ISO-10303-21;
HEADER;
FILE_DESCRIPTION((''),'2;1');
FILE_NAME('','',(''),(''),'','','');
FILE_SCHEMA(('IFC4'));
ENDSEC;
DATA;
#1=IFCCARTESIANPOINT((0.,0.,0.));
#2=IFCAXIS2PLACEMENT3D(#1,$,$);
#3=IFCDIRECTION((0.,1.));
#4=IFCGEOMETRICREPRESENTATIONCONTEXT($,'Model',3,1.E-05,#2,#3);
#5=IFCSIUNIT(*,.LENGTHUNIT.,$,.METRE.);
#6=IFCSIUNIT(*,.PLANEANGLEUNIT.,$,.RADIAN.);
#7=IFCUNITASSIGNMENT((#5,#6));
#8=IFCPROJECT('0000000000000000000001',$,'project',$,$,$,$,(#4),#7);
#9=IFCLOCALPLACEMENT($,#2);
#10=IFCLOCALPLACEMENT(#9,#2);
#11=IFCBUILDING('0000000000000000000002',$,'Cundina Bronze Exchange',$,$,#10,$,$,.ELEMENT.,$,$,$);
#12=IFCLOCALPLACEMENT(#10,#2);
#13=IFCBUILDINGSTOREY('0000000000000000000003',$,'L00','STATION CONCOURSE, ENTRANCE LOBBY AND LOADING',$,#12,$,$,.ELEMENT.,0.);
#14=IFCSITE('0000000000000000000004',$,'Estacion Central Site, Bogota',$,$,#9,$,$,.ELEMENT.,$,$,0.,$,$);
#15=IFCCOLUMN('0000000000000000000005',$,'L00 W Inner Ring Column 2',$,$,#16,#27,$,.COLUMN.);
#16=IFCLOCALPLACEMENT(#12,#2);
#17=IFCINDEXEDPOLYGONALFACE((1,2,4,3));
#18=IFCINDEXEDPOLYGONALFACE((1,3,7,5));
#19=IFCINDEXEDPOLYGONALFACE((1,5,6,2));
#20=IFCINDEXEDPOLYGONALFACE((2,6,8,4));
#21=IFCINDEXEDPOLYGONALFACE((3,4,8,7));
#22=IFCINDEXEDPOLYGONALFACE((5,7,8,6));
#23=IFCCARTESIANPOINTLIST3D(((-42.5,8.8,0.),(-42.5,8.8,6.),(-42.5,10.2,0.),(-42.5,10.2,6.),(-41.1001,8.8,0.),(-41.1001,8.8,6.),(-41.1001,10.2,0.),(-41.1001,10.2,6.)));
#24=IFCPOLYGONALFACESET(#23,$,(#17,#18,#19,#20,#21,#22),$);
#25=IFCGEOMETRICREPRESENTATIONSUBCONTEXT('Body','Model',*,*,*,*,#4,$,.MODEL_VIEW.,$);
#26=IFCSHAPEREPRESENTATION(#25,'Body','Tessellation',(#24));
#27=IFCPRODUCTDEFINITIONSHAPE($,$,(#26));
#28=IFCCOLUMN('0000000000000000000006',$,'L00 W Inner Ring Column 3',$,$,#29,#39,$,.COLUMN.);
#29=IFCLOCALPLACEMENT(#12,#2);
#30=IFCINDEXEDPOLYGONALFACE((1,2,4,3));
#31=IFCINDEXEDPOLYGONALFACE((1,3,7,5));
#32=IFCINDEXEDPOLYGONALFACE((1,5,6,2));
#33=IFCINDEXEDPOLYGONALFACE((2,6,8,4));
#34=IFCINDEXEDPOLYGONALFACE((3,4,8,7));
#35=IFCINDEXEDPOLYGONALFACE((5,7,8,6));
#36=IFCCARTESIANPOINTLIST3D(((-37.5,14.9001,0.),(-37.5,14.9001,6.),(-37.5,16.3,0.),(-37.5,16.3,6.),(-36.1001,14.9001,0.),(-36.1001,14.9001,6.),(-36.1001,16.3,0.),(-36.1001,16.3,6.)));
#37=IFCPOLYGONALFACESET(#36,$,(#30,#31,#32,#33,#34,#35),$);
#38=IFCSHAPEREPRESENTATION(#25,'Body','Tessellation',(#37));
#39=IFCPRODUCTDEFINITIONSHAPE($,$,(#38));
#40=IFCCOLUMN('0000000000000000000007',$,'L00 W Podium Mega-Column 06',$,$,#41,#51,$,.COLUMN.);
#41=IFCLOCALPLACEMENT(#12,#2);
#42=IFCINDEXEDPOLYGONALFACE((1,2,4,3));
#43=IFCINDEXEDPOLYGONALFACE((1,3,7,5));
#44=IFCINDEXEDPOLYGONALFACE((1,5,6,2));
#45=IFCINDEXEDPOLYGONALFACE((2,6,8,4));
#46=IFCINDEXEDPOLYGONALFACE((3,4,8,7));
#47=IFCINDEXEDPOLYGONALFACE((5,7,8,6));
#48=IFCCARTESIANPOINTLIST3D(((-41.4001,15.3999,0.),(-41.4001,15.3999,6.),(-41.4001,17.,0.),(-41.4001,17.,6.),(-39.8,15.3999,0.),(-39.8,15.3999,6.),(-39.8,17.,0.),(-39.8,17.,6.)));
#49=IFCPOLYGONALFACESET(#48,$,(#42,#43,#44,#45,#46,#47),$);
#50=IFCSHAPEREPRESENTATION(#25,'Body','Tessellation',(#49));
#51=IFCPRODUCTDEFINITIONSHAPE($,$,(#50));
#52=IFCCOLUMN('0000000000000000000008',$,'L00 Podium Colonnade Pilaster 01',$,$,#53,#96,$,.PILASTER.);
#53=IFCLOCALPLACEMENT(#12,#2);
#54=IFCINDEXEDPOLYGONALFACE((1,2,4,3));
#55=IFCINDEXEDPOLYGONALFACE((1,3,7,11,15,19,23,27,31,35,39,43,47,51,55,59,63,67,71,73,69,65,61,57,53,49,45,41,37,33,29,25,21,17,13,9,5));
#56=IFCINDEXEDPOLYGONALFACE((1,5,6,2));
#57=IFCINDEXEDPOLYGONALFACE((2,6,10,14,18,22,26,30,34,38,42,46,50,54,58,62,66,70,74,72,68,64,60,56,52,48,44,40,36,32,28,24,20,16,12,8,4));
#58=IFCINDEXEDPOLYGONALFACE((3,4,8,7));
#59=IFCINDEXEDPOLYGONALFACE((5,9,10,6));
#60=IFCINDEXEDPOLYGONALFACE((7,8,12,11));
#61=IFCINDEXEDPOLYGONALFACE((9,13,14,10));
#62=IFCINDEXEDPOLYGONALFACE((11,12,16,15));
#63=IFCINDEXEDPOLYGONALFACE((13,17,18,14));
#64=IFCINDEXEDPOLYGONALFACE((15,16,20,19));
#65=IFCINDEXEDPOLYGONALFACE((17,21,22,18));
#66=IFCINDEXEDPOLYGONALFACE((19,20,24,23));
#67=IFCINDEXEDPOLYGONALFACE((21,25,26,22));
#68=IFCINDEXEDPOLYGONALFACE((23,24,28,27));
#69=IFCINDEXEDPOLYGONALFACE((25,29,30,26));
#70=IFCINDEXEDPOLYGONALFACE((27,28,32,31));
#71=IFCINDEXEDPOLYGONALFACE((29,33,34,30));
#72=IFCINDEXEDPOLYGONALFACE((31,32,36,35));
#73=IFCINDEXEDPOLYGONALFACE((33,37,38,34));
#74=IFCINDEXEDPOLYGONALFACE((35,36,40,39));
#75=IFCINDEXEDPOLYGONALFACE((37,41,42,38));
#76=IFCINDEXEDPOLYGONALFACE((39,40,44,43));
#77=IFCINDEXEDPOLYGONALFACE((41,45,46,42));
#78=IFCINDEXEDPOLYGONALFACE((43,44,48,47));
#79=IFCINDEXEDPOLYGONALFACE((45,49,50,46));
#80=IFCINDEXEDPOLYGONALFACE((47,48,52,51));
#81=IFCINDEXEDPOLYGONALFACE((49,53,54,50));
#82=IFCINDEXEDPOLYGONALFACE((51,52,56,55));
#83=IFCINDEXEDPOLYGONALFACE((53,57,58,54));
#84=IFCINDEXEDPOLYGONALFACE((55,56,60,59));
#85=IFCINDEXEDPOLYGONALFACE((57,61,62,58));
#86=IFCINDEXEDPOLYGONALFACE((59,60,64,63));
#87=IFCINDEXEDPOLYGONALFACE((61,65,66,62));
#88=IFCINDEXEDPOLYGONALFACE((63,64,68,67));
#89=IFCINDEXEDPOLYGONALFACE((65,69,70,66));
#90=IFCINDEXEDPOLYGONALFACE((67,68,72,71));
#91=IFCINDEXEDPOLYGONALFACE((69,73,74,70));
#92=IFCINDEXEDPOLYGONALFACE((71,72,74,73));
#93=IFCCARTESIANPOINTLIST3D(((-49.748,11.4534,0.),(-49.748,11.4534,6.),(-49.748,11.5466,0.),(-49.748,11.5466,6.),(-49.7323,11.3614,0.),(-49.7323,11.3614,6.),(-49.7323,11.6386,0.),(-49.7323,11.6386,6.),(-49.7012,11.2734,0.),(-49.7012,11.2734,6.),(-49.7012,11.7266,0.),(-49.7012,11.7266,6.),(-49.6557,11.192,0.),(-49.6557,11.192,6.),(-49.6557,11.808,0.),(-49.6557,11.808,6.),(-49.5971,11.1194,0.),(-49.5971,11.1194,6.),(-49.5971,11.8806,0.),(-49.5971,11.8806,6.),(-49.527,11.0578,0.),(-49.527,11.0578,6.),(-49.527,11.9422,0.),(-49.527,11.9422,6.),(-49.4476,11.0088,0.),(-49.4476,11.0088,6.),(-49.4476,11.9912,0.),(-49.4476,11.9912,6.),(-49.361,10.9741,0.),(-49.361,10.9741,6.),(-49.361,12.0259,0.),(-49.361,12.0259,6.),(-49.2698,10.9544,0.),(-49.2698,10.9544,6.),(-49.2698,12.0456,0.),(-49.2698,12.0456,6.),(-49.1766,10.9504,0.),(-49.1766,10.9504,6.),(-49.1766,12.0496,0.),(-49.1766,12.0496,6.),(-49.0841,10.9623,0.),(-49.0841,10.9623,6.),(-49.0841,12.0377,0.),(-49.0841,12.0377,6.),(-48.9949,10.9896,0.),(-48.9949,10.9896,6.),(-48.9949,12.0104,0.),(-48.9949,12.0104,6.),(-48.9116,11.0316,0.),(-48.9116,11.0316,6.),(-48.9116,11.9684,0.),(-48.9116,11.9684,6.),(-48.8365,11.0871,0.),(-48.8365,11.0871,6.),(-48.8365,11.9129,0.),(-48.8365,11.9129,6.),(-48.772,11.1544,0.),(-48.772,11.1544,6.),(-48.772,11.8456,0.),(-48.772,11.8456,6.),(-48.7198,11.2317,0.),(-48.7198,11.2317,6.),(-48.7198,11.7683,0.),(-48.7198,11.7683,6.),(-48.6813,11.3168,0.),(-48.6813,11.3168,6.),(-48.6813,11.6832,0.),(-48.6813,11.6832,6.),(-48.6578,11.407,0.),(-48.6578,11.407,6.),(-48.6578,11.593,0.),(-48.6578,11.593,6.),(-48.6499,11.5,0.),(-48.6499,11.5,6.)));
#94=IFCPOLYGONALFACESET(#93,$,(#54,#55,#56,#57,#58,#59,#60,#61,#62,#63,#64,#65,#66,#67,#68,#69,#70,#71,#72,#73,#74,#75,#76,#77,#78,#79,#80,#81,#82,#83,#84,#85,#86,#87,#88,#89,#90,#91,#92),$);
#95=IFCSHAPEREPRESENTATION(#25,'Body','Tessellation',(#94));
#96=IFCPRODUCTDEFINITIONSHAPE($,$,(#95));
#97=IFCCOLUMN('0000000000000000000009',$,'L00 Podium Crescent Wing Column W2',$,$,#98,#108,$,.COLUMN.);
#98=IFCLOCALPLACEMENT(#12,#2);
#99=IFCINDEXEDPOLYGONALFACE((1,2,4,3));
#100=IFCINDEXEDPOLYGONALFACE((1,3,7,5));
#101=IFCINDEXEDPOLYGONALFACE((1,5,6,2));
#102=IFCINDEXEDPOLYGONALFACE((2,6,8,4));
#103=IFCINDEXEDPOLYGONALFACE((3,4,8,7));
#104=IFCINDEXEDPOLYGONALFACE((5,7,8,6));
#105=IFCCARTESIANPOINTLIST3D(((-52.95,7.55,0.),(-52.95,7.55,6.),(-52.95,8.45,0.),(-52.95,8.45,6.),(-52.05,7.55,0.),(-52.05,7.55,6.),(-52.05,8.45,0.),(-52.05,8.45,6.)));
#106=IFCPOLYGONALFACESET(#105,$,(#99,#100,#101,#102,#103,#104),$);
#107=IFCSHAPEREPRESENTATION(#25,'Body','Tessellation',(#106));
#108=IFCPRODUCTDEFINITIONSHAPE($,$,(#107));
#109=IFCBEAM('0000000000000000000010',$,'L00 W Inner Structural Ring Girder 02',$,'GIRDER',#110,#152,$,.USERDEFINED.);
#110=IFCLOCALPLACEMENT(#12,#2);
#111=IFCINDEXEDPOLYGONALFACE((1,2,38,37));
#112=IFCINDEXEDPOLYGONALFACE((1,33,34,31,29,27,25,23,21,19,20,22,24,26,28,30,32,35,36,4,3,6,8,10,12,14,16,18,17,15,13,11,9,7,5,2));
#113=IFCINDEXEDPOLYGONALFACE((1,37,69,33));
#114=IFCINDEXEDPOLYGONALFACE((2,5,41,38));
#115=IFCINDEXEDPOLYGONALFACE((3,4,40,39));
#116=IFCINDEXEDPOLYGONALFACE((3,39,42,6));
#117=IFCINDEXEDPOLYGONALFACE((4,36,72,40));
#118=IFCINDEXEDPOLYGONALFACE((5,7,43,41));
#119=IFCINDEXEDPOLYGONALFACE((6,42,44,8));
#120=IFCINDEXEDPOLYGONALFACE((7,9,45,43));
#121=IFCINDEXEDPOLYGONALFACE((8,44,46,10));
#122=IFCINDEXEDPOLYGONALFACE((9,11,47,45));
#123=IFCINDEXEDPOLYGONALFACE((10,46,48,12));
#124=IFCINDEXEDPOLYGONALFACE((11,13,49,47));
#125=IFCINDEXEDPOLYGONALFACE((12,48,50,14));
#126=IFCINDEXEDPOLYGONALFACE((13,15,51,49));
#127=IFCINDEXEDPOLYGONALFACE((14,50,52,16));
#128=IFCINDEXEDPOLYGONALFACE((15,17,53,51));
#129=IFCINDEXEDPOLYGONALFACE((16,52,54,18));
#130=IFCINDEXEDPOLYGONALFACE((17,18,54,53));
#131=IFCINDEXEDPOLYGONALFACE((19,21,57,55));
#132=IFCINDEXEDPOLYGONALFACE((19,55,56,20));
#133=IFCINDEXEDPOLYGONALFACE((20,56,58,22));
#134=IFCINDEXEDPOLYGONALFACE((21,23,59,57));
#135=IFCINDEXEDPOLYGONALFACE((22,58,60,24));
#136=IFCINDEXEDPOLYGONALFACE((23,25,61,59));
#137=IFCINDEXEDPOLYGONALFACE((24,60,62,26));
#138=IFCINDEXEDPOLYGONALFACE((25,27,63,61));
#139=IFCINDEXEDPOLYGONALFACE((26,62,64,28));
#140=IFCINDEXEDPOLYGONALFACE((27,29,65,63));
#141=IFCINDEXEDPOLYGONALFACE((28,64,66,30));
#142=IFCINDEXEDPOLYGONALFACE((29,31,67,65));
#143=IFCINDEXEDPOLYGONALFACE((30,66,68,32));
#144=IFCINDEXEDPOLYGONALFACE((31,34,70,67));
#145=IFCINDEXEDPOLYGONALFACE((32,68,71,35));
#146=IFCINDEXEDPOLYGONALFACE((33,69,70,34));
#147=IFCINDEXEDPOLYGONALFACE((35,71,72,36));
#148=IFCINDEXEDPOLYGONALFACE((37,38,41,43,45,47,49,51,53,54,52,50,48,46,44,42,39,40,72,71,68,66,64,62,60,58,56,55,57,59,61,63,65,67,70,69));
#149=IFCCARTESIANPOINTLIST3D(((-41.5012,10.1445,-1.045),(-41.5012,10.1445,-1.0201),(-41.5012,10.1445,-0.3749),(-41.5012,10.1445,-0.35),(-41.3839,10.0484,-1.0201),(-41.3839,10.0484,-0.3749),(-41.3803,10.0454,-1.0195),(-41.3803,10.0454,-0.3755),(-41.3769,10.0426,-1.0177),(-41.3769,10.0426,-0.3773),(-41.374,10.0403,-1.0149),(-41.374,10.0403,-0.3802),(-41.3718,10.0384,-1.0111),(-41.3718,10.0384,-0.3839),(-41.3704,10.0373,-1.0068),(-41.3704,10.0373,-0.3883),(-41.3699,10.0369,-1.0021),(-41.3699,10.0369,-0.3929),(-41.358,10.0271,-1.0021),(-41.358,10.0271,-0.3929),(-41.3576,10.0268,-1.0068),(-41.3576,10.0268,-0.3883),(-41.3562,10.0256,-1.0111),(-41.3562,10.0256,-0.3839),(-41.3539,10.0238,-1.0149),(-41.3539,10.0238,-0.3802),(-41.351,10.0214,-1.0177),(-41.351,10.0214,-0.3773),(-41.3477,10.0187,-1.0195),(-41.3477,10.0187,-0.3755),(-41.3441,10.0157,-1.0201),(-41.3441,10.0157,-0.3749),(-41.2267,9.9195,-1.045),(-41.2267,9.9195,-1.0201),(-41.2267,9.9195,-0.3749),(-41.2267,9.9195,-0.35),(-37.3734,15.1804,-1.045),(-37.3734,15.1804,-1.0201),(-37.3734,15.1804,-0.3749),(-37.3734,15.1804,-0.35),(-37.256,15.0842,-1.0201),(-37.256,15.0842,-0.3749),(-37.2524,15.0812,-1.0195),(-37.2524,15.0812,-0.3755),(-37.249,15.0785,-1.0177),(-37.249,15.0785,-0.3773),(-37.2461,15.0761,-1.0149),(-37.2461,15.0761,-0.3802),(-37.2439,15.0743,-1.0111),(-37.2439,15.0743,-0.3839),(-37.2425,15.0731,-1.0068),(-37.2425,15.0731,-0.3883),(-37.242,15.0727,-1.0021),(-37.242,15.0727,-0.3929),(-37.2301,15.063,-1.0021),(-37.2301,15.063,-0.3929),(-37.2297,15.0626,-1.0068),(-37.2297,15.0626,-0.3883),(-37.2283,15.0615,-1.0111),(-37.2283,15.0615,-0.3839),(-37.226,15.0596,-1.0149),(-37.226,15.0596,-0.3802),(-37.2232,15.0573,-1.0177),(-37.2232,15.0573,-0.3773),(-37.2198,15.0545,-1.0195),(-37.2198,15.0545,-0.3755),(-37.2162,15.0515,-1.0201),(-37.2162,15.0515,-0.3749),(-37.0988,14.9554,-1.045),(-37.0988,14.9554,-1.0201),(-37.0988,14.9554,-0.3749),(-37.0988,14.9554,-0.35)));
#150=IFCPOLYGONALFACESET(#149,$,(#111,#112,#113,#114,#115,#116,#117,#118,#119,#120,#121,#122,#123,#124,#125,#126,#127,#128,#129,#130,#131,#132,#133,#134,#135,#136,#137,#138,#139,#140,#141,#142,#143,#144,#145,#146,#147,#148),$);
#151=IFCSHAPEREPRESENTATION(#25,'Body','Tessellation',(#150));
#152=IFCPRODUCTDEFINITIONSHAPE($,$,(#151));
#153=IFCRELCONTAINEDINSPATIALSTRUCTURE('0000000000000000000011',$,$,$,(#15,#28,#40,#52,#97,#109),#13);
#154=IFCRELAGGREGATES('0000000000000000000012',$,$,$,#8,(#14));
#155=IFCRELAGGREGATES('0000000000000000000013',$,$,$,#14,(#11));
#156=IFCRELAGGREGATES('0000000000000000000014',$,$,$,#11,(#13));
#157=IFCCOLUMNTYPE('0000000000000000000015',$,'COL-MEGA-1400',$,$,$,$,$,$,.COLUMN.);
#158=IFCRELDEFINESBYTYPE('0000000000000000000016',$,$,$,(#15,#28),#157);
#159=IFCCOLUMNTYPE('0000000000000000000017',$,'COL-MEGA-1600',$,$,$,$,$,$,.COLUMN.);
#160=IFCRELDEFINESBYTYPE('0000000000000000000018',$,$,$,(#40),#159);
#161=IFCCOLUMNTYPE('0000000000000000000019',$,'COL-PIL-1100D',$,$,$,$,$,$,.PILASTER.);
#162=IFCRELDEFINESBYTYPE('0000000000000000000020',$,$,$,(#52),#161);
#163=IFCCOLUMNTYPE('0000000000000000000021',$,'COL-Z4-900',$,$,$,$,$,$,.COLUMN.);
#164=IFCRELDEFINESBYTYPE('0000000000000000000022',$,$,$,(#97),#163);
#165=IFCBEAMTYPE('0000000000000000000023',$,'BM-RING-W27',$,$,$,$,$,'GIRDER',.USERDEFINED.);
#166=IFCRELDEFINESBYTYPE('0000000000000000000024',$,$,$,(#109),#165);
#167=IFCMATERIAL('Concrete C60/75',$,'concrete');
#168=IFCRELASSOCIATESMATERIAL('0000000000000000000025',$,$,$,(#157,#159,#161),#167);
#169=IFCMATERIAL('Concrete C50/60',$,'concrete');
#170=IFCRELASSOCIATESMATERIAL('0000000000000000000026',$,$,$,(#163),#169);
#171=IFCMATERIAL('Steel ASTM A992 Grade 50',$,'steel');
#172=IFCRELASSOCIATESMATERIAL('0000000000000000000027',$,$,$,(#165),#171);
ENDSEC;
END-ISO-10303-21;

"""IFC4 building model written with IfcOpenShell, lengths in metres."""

from ifc_helpers import new_model, si_unit, direction, frame, origin, origin_2d, place, context, subcontext, project, spatial, rectangle, circle, i_section, extrude, material, material_profile, profile_set, type_object, element, save


model = new_model("IFC4")

# Units and contexts
model_context = context("Model", 3, precision=1e-05, world=origin(), true_north=direction((0.0, 1.0)))
body_context = subcontext(model_context, "Body", "Model", "MODEL_VIEW")
ifc_project = project(units=[si_unit("LENGTHUNIT", "METRE"), si_unit("PLANEANGLEUNIT", "RADIAN")], contexts=[model_context])

# Site, building, storey
site_placement = place(None, origin())
site = spatial("IfcSite", under=ifc_project, at=site_placement, Name="Estacion Central Site, Bogota", CompositionType="ELEMENT", RefElevation=0.0)
building_placement = place(site_placement, origin())
building = spatial("IfcBuilding", under=site, at=building_placement, Name="Cundina Bronze Exchange", CompositionType="ELEMENT")
storey_placement = place(building_placement, origin())
storey = spatial("IfcBuildingStorey", under=building, at=storey_placement, Name="L00", Description="STATION CONCOURSE, ENTRANCE LOBBY AND LOADING", CompositionType="ELEMENT", Elevation=0.0)

# Columns
ifc_material_1 = material(Name="Concrete C60/75", Category="concrete")
ifc_material_profile_1 = material_profile(ifc_material_1, rectangle(XDim=1.3999, YDim=1.3999, at=origin_2d()), Name="RC1400X1400", Category="concrete")
ifc_profile_set_1 = profile_set([ifc_material_profile_1], Name="Concrete C60/75")
column_type_1 = type_object("IfcColumnType", Name="COL-MEGA-1400", PredefinedType="COLUMN", material=ifc_profile_set_1)
for number, where, z_axis, x_axis, name in (
    (1, (-41.8, 9.5, 0.0), (0.0, 0.0, 1.0), (1.0, 0.0, 0.0), "L00 W Inner Ring Column 2"),
    (2, (-36.8, 15.6001, 0.0), (0.0, 0.0, 1.0), (1.0, 0.0, 0.0), "L00 W Inner Ring Column 3"),
):
    element("IfcColumn", number, at=place(storey_placement, frame(where, z_axis=z_axis, x_axis=x_axis)), inside=storey, type_object=column_type_1, Name=name, PredefinedType="COLUMN", context=body_context, shape_type="SweptSolid", body=[
        extrude(rectangle(XDim=1.3999, YDim=1.3999, at=origin_2d()), origin(), (0.0, 0.0, 1.0), 6.0),
    ])
ifc_material_profile_2 = material_profile(ifc_material_1, rectangle(XDim=1.6001, YDim=1.6001, at=origin_2d()), Name="RC1600X1600", Category="concrete")
ifc_profile_set_2 = profile_set([ifc_material_profile_2], Name="Concrete C60/75")
column_type_2 = type_object("IfcColumnType", Name="COL-MEGA-1600", PredefinedType="COLUMN", material=ifc_profile_set_2)
column_1_placement = place(storey_placement, frame((-40.6001, 16.2, 0.0), z_axis=(0.0, 0.0, 1.0), x_axis=(1.0, 0.0, 0.0)))
element("IfcColumn", 3, at=column_1_placement, inside=storey, type_object=column_type_2, Name="L00 W Podium Mega-Column 06", PredefinedType="COLUMN", context=body_context, shape_type="SweptSolid", body=[
    extrude(rectangle(XDim=1.6001, YDim=1.6001, at=origin_2d()), origin(), (0.0, 0.0, 1.0), 6.0),
])
ifc_material_profile_3 = material_profile(ifc_material_1, circle(Radius=0.55, at=origin_2d()), Name="RC1100D", Category="concrete")
ifc_profile_set_3 = profile_set([ifc_material_profile_3], Name="Concrete C60/75")
column_type_3 = type_object("IfcColumnType", Name="COL-PIL-1100D", PredefinedType="PILASTER", material=ifc_profile_set_3)
column_2_placement = place(storey_placement, frame((-49.2, 11.5, 0.0), z_axis=(0.0, 0.0, 1.0), x_axis=(1.0, 0.0, 0.0)))
element("IfcColumn", 4, at=column_2_placement, inside=storey, type_object=column_type_3, Name="L00 Podium Colonnade Pilaster 01", PredefinedType="PILASTER", context=body_context, shape_type="SweptSolid", body=[
    extrude(circle(Radius=0.55, at=origin_2d()), origin(), (0.0, 0.0, 1.0), 6.0),
])
ifc_material_2 = material(Name="Concrete C50/60", Category="concrete")
ifc_material_profile_4 = material_profile(ifc_material_2, rectangle(XDim=0.8999, YDim=0.8999, at=origin_2d()), Name="RC900X900", Category="concrete")
ifc_profile_set_4 = profile_set([ifc_material_profile_4], Name="Concrete C50/60")
column_type_4 = type_object("IfcColumnType", Name="COL-Z4-900", PredefinedType="COLUMN", material=ifc_profile_set_4)
column_3_placement = place(storey_placement, frame((-52.5, 8.0, 0.0), z_axis=(0.0, 0.0, 1.0), x_axis=(1.0, 0.0, 0.0)))
element("IfcColumn", 5, at=column_3_placement, inside=storey, type_object=column_type_4, Name="L00 Podium Crescent Wing Column W2", PredefinedType="COLUMN", context=body_context, shape_type="SweptSolid", body=[
    extrude(rectangle(XDim=0.8999, YDim=0.8999, at=origin_2d()), origin(), (0.0, 0.0, 1.0), 6.0),
])

# Beam
ifc_material_3 = material(Name="Steel ASTM A992 Grade 50", Category="steel")
ifc_material_profile_5 = material_profile(ifc_material_3, i_section(OverallWidth=0.355, OverallDepth=0.6951, WebThickness=0.0154, FlangeThickness=0.0249, FilletRadius=0.0181, at=origin_2d()), Name="W27X146", Category="steel")
ifc_profile_set_5 = profile_set([ifc_material_profile_5], Name="Steel ASTM A992 Grade 50")
beam_type_1 = type_object("IfcBeamType", Name="BM-RING-W27", ElementType="GIRDER", PredefinedType="USERDEFINED", material=ifc_profile_set_5)
beam_1_placement = place(storey_placement, frame((-37.2361, 15.0679, -0.6975), z_axis=(-0.633942, -0.773381, 0.0), x_axis=(0.773381, -0.633942, 0.0)))
element("IfcBeam", 6, at=beam_1_placement, inside=storey, type_object=beam_type_1, Name="L00 W Inner Structural Ring Girder 02", ObjectType="GIRDER", PredefinedType="USERDEFINED", context=body_context, shape_type="SweptSolid", body=[
    extrude(i_section(OverallWidth=0.355, OverallDepth=0.6951, WebThickness=0.0154, FlangeThickness=0.0249, FilletRadius=0.0181, at=origin_2d()), origin(), (0.0, 0.0, 1.0), 6.5115),
])

save(model, "model.ifc")
